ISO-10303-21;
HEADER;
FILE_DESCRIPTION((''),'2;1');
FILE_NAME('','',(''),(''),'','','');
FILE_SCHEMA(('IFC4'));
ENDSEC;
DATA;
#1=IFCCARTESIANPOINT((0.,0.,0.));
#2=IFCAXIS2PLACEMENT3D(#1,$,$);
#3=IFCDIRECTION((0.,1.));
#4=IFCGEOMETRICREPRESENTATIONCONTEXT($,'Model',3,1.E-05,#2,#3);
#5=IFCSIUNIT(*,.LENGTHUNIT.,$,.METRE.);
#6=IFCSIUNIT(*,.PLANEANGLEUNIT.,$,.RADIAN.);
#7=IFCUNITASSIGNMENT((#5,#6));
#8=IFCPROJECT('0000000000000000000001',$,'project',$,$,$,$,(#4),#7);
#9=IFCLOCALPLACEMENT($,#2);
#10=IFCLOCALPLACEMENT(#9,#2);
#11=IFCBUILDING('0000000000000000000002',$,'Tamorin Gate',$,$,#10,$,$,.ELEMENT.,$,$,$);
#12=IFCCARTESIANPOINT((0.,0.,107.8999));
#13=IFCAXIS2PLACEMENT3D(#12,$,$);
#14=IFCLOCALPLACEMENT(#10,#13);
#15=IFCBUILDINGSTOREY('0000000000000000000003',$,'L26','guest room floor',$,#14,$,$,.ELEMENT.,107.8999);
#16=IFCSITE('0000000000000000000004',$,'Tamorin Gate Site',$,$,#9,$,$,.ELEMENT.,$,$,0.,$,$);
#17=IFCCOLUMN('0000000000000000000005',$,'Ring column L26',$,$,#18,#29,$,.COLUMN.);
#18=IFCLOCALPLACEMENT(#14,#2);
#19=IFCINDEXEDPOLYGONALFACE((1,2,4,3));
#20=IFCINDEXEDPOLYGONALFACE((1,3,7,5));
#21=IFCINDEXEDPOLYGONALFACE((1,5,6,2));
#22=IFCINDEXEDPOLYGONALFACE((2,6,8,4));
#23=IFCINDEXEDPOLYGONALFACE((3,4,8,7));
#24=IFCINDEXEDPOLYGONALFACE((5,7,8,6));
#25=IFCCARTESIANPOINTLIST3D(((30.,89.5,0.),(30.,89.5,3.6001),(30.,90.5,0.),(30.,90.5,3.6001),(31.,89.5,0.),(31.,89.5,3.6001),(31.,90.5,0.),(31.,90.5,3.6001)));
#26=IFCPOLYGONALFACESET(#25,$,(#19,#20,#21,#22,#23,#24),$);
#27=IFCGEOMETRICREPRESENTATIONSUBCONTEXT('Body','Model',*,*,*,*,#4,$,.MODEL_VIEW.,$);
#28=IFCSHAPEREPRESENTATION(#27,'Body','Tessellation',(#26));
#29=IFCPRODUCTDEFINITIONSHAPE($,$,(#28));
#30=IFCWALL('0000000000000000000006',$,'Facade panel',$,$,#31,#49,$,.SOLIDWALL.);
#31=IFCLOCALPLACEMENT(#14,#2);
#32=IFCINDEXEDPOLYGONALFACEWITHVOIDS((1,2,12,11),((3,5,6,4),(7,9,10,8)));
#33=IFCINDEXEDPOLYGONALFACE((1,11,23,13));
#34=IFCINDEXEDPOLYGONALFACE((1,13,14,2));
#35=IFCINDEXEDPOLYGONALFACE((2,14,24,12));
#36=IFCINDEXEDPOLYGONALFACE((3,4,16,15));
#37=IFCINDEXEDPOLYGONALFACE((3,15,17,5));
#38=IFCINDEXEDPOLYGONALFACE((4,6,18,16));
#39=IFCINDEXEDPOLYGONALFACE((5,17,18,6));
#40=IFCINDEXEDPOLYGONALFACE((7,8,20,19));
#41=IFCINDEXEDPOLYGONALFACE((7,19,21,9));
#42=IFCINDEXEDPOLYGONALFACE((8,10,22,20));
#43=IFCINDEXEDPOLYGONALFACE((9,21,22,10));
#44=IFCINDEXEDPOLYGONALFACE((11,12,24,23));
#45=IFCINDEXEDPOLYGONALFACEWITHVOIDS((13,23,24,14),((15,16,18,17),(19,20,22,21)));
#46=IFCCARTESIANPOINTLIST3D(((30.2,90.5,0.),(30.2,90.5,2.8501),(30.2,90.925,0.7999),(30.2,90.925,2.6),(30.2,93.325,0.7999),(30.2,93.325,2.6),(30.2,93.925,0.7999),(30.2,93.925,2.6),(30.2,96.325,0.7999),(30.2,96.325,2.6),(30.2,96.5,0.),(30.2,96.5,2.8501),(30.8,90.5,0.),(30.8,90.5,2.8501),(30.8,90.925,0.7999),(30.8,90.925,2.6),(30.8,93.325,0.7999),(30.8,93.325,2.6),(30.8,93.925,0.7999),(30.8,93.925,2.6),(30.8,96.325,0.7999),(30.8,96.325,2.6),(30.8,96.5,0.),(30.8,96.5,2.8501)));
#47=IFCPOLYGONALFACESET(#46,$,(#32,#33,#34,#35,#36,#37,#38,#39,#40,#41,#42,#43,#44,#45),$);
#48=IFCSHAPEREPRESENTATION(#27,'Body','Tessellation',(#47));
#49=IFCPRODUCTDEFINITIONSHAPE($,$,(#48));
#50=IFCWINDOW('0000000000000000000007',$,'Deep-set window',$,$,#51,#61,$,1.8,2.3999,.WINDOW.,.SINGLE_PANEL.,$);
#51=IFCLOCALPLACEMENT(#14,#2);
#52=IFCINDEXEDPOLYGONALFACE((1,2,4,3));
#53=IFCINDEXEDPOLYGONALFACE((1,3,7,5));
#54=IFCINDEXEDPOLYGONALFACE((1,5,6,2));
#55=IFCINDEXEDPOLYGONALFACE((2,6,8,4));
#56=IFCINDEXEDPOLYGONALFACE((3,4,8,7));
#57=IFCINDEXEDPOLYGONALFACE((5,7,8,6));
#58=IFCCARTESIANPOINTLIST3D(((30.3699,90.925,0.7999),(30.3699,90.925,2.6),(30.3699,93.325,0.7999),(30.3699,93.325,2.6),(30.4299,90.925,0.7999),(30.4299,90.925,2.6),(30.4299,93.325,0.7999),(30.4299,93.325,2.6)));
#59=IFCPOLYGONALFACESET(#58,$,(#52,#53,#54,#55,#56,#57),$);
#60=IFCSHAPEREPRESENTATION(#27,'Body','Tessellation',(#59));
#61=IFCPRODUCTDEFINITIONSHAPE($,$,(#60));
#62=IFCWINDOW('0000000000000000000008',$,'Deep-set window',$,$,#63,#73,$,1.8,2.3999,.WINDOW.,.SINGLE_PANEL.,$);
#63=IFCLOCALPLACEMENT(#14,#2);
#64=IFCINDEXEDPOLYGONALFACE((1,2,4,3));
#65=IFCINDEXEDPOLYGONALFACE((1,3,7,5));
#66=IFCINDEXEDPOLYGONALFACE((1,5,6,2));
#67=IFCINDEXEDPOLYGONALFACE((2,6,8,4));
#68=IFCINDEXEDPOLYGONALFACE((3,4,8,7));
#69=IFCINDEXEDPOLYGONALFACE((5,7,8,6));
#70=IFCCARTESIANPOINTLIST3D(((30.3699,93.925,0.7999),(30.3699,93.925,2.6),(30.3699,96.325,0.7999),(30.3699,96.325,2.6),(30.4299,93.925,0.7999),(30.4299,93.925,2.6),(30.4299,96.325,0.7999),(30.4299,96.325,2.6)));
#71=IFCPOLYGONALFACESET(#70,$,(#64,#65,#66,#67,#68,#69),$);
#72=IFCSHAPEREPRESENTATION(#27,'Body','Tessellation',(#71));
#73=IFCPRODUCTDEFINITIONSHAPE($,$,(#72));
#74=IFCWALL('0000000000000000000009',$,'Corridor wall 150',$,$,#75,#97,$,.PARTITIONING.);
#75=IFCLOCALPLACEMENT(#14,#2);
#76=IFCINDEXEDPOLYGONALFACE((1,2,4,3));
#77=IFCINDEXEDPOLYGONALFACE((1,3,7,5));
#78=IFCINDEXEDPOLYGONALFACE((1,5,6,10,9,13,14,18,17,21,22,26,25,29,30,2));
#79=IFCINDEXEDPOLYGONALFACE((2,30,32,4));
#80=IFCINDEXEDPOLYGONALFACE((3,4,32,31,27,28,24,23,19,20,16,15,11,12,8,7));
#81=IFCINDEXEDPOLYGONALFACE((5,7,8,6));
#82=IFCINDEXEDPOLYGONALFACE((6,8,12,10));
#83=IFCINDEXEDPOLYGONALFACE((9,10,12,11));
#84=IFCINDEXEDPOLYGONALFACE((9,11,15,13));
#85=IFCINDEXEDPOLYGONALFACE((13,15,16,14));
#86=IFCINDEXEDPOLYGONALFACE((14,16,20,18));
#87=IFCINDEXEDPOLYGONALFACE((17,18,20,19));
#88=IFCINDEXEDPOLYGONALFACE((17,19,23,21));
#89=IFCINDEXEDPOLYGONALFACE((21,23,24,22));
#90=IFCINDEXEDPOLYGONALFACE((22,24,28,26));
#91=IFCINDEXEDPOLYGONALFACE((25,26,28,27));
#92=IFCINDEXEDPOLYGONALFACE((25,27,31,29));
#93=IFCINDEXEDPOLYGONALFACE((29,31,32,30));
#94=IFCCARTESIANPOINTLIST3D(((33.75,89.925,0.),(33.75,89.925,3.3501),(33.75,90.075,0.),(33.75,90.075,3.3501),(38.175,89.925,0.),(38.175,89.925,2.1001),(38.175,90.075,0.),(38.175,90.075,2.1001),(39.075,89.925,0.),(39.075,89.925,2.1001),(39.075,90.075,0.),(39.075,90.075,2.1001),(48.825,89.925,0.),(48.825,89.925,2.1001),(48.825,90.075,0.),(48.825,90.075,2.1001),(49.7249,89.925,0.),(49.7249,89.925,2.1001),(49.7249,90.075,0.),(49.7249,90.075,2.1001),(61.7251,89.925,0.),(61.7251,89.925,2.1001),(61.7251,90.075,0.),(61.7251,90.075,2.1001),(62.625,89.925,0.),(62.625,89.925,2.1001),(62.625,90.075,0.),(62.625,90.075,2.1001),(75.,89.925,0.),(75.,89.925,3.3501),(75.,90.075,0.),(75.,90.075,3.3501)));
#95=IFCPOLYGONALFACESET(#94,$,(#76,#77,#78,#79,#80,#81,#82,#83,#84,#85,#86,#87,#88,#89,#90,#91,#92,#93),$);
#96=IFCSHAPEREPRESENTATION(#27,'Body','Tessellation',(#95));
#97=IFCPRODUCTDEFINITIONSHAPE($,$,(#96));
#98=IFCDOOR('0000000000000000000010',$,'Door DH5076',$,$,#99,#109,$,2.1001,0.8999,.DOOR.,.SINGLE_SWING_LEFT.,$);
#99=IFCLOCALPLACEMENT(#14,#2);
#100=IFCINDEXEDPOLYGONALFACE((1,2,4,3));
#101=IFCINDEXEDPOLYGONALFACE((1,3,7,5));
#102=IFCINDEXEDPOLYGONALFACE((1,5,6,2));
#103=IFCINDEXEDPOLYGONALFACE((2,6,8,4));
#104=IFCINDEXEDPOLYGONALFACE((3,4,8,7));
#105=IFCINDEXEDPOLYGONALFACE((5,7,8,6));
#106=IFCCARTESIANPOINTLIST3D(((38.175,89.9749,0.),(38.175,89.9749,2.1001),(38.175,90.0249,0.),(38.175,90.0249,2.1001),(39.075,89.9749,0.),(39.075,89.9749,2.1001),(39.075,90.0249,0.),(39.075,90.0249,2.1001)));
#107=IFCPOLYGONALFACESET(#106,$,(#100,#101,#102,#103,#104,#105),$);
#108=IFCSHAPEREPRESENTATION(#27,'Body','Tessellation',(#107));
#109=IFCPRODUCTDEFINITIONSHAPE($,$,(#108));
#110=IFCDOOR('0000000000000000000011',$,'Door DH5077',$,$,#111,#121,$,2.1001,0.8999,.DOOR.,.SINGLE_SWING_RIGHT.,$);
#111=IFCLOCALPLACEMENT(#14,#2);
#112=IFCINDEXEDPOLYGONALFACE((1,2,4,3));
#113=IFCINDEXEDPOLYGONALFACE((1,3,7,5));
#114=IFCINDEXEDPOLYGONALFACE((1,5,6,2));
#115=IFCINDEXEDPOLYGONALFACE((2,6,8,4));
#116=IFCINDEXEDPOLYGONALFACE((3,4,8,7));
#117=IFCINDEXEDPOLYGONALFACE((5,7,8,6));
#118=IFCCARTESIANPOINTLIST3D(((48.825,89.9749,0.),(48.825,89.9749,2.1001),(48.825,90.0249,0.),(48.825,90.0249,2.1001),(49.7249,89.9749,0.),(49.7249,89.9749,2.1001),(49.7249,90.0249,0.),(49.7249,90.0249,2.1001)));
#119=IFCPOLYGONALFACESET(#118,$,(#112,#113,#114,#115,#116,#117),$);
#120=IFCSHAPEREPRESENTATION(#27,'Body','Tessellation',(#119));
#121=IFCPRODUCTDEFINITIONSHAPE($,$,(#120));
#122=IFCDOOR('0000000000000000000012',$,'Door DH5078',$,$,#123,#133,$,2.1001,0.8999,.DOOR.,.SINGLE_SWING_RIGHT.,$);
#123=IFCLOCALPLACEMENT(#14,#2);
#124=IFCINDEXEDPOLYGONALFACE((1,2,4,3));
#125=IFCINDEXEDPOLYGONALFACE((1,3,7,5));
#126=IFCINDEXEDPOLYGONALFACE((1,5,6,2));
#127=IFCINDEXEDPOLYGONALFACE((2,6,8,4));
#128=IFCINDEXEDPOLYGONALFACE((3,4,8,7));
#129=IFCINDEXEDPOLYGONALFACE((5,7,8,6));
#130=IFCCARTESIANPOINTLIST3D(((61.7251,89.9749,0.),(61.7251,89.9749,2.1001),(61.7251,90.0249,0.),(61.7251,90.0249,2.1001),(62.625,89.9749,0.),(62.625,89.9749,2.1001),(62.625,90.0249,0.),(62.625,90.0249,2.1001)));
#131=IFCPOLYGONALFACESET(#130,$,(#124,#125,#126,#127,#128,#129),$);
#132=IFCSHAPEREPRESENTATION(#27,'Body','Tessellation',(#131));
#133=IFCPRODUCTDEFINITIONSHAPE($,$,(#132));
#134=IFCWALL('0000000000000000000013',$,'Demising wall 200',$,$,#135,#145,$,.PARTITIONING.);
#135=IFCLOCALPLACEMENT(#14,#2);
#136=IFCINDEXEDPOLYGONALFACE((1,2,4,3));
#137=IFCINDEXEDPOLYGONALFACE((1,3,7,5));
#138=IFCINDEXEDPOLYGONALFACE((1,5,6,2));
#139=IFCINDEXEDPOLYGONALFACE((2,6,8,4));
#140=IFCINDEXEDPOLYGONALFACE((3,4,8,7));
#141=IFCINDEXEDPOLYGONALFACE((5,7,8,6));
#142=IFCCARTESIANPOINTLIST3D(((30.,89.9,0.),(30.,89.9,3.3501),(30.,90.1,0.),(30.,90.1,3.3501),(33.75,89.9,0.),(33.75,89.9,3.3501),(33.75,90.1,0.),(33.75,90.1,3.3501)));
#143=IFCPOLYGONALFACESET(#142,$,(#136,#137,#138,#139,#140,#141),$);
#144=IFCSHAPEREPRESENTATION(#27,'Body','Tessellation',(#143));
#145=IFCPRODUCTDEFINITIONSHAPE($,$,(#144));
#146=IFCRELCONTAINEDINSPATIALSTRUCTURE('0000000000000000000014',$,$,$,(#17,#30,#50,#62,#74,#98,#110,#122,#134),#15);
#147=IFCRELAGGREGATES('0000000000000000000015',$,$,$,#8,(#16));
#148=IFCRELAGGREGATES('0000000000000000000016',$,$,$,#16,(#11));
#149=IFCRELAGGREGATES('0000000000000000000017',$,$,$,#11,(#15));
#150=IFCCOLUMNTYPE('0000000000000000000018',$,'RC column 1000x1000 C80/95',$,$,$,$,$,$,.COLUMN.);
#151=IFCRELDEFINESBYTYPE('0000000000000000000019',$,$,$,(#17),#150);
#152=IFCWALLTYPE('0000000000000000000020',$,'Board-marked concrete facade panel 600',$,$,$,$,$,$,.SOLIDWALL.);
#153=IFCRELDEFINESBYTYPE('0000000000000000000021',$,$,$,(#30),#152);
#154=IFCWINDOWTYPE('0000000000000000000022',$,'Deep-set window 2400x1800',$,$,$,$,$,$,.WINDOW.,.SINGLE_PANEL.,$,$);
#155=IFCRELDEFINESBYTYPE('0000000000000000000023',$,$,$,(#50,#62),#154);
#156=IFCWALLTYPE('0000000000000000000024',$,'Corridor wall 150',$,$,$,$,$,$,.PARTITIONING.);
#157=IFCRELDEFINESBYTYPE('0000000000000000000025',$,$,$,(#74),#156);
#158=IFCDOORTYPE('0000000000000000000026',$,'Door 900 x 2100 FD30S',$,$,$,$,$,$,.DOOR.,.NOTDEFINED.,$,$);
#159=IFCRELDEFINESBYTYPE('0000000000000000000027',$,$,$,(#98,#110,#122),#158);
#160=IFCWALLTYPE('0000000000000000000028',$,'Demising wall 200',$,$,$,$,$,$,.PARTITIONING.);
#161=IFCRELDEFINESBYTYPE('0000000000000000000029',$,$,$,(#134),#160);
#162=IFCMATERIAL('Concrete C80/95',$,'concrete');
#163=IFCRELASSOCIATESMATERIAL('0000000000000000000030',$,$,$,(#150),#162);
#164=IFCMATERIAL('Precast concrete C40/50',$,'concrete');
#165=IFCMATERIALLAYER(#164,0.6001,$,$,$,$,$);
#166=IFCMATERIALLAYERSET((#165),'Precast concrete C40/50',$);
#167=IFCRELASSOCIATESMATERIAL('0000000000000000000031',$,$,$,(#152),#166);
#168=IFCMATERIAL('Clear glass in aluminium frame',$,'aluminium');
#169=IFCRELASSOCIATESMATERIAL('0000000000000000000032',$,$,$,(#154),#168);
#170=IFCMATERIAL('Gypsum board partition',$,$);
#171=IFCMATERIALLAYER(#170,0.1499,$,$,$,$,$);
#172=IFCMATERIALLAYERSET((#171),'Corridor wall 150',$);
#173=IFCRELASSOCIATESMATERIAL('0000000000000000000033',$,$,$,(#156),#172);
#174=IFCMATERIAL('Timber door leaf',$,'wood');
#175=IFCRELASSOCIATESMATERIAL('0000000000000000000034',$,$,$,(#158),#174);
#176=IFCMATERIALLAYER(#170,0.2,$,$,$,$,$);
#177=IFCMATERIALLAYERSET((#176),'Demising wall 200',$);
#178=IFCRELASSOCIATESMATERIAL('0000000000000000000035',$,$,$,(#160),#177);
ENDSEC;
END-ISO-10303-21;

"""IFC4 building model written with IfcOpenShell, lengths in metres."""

from ifc_helpers import new_model, si_unit, direction, frame, frame_2d, origin, origin_2d, place, context, subcontext, project, spatial, rectangle, extrude, material, layer, layer_set, material_profile, profile_set, type_object, element, fill, save


model = new_model("IFC4")

# Units and contexts
model_context = context("Model", 3, precision=1e-05, world=origin(), true_north=direction((0.0, 1.0)))
body_context = subcontext(model_context, "Body", "Model", "MODEL_VIEW")
ifc_project = project(units=[si_unit("LENGTHUNIT", "METRE"), si_unit("PLANEANGLEUNIT", "RADIAN")], contexts=[model_context])

# Site, building, storey
site_placement = place(None, origin())
site = spatial("IfcSite", under=ifc_project, at=site_placement, Name="Tamorin Gate Site", CompositionType="ELEMENT", RefElevation=0.0)
building_placement = place(site_placement, origin())
building = spatial("IfcBuilding", under=site, at=building_placement, Name="Tamorin Gate", CompositionType="ELEMENT")
storey_placement = place(building_placement, frame((0.0, 0.0, 107.8999)))
storey = spatial("IfcBuildingStorey", under=building, at=storey_placement, Name="L26", Description="guest room floor", CompositionType="ELEMENT", Elevation=107.8999)

# Column
ifc_material_1 = material(Name="Concrete C80/95", Category="concrete")
ifc_material_profile = material_profile(ifc_material_1, rectangle(XDim=1.0, YDim=1.0, at=origin_2d()), Name="RC 1000x1000")
ifc_profile_set = profile_set([ifc_material_profile], Name="Concrete C80/95")
column_type = type_object("IfcColumnType", Name="RC column 1000x1000 C80/95", PredefinedType="COLUMN", material=ifc_profile_set)
column_placement = place(storey_placement, frame((30.5, 90.0, 0.0), z_axis=(0.0, 0.0, 1.0), x_axis=(1.0, 0.0, 0.0)))
element("IfcColumn", 1, at=column_placement, inside=storey, type_object=column_type, Name="Ring column L26", PredefinedType="COLUMN", context=body_context, shape_type="SweptSolid", body=[
    extrude(rectangle(XDim=1.0, YDim=1.0, at=origin_2d()), origin(), (0.0, 0.0, 1.0), 3.6001),
])

# Wall, openings, windows
ifc_material_2 = material(Name="Precast concrete C40/50", Category="concrete")
ifc_layer_1 = layer(ifc_material_2, 0.6001)
ifc_layer_set_1 = layer_set([ifc_layer_1], Name="Precast concrete C40/50")
wall_type_1 = type_object("IfcWallType", Name="Board-marked concrete facade panel 600", PredefinedType="SOLIDWALL", material=ifc_layer_set_1)
wall_1_placement = place(storey_placement, frame((30.5, 96.5, 0.0), z_axis=(0.0, 0.0, 1.0), x_axis=(0.0, -1.0, 0.0)))
wall_1 = element("IfcWall", 2, at=wall_1_placement, inside=storey, type_object=wall_type_1, Name="Facade panel", PredefinedType="SOLIDWALL", context=body_context, shape_type="SweptSolid", body=[
    extrude(rectangle(XDim=6.0, YDim=0.6001, at=frame_2d((3.0, 0.0))), origin(), (0.0, 0.0, 1.0), 2.8501),
])
opening_1_placement = place(wall_1_placement, frame((3.175, 0.0, 0.8)))
opening_1 = element("IfcOpeningElement", 3, at=opening_1_placement, cuts=wall_1, PredefinedType="OPENING", context=body_context, shape_type="SweptSolid", body=[
    extrude(rectangle(XDim=2.3999, YDim=1.8, at=frame_2d((1.2, 0.8999))), frame((0.0, 0.3101, 0.0), z_axis=(0.0, -1.0, 0.0), x_axis=(1.0, 0.0, 0.0)), (0.0, 0.0, 1.0), 0.6201),
])
opening_2_placement = place(wall_1_placement, frame((0.175, 0.0, 0.8)))
opening_2 = element("IfcOpeningElement", 4, at=opening_2_placement, cuts=wall_1, PredefinedType="OPENING", context=body_context, shape_type="SweptSolid", body=[
    extrude(rectangle(XDim=2.3999, YDim=1.8, at=frame_2d((1.2, 0.8999))), frame((0.0, 0.3101, 0.0), z_axis=(0.0, -1.0, 0.0), x_axis=(1.0, 0.0, 0.0)), (0.0, 0.0, 1.0), 0.6201),
])
ifc_material_3 = material(Name="Clear glass in aluminium frame", Category="aluminium")
window_type = type_object("IfcWindowType", Name="Deep-set window 2400x1800", PartitioningType="SINGLE_PANEL", PredefinedType="WINDOW", material=ifc_material_3)
window_1_placement = place(opening_1_placement, origin())
window_1 = element("IfcWindow", 5, at=window_1_placement, inside=storey, type_object=window_type, Name="Deep-set window", OverallHeight=1.8, OverallWidth=2.3999, PartitioningType="SINGLE_PANEL", PredefinedType="WINDOW", context=body_context, shape_type="SweptSolid", body=[
    extrude(rectangle(XDim=2.3999, YDim=1.8, at=frame_2d((1.2, 0.8999))), frame((0.0, -0.0701, 0.0), z_axis=(0.0, -1.0, 0.0), x_axis=(1.0, 0.0, 0.0)), (0.0, 0.0, 1.0), 0.0601),
])
fill(opening_1, window_1)
window_2_placement = place(opening_2_placement, origin())
window_2 = element("IfcWindow", 6, at=window_2_placement, inside=storey, type_object=window_type, Name="Deep-set window", OverallHeight=1.8, OverallWidth=2.3999, PartitioningType="SINGLE_PANEL", PredefinedType="WINDOW", context=body_context, shape_type="SweptSolid", body=[
    extrude(rectangle(XDim=2.3999, YDim=1.8, at=frame_2d((1.2, 0.8999))), frame((0.0, -0.0701, 0.0), z_axis=(0.0, -1.0, 0.0), x_axis=(1.0, 0.0, 0.0)), (0.0, 0.0, 1.0), 0.0601),
])
fill(opening_2, window_2)

# Wall, openings, doors
ifc_material_4 = material(Name="Gypsum board partition")
ifc_layer_2 = layer(ifc_material_4, 0.1499)
ifc_layer_set_2 = layer_set([ifc_layer_2], Name="Corridor wall 150")
wall_type_2 = type_object("IfcWallType", Name="Corridor wall 150", PredefinedType="PARTITIONING", material=ifc_layer_set_2)
wall_2_placement = place(storey_placement, frame((33.75, 90.0, 0.0), z_axis=(0.0, 0.0, 1.0), x_axis=(1.0, 0.0, 0.0)))
wall_2 = element("IfcWall", 7, at=wall_2_placement, inside=storey, type_object=wall_type_2, Name="Corridor wall 150", PredefinedType="PARTITIONING", context=body_context, shape_type="SweptSolid", body=[
    extrude(rectangle(XDim=41.25, YDim=0.1499, at=frame_2d((20.625, 0.0))), origin(), (0.0, 0.0, 1.0), 3.3501),
])
opening_3_placement = place(wall_2_placement, frame((4.425, 0.0, 0.0)))
opening_3 = element("IfcOpeningElement", 8, at=opening_3_placement, cuts=wall_2, PredefinedType="OPENING", context=body_context, shape_type="SweptSolid", body=[
    extrude(rectangle(XDim=0.8999, YDim=2.1001, at=frame_2d((0.45, 1.05))), frame((0.0, 0.085, 0.0), z_axis=(0.0, -1.0, 0.0), x_axis=(1.0, 0.0, 0.0)), (0.0, 0.0, 1.0), 0.1699),
])
opening_4_placement = place(wall_2_placement, frame((15.075, 0.0, 0.0)))
opening_4 = element("IfcOpeningElement", 9, at=opening_4_placement, cuts=wall_2, PredefinedType="OPENING", context=body_context, shape_type="SweptSolid", body=[
    extrude(rectangle(XDim=0.8999, YDim=2.1001, at=frame_2d((0.45, 1.05))), frame((0.0, 0.085, 0.0), z_axis=(0.0, -1.0, 0.0), x_axis=(1.0, 0.0, 0.0)), (0.0, 0.0, 1.0), 0.1699),
])
opening_5_placement = place(wall_2_placement, frame((27.9751, 0.0, 0.0)))
opening_5 = element("IfcOpeningElement", 10, at=opening_5_placement, cuts=wall_2, PredefinedType="OPENING", context=body_context, shape_type="SweptSolid", body=[
    extrude(rectangle(XDim=0.8999, YDim=2.1001, at=frame_2d((0.45, 1.05))), frame((0.0, 0.085, 0.0), z_axis=(0.0, -1.0, 0.0), x_axis=(1.0, 0.0, 0.0)), (0.0, 0.0, 1.0), 0.1699),
])
ifc_material_5 = material(Name="Timber door leaf", Category="wood")
door_type_1 = type_object("IfcDoorType", Name="Door 900 x 2100 FD30S", OperationType="NOTDEFINED", PredefinedType="DOOR", material=ifc_material_5)
door_1_placement = place(opening_3_placement, origin())
door_1 = element("IfcDoor", 11, at=door_1_placement, inside=storey, type_object=door_type_1, Name="Door DH5076", OperationType="SINGLE_SWING_LEFT", OverallHeight=2.1001, OverallWidth=0.8999, PredefinedType="DOOR", context=body_context, shape_type="SweptSolid", body=[
    extrude(rectangle(XDim=0.8999, YDim=2.1001, at=frame_2d((0.45, 1.05))), frame((0.0, 0.0249, 0.0), z_axis=(0.0, -1.0, 0.0), x_axis=(1.0, 0.0, 0.0)), (0.0, 0.0, 1.0), 0.05),
])
fill(opening_3, door_1)
door_2_placement = place(opening_4_placement, origin())
door_2 = element("IfcDoor", 12, at=door_2_placement, inside=storey, type_object=door_type_1, Name="Door DH5077", OperationType="SINGLE_SWING_RIGHT", OverallHeight=2.1001, OverallWidth=0.8999, PredefinedType="DOOR", context=body_context, shape_type="SweptSolid", body=[
    extrude(rectangle(XDim=0.8999, YDim=2.1001, at=frame_2d((0.45, 1.05))), frame((0.0, 0.0249, 0.0), z_axis=(0.0, -1.0, 0.0), x_axis=(1.0, 0.0, 0.0)), (0.0, 0.0, 1.0), 0.05),
])
fill(opening_4, door_2)
door_3_placement = place(opening_5_placement, origin())
door_3 = element("IfcDoor", 13, at=door_3_placement, inside=storey, type_object=door_type_1, Name="Door DH5078", OperationType="SINGLE_SWING_RIGHT", OverallHeight=2.1001, OverallWidth=0.8999, PredefinedType="DOOR", context=body_context, shape_type="SweptSolid", body=[
    extrude(rectangle(XDim=0.8999, YDim=2.1001, at=frame_2d((0.45, 1.05))), frame((0.0, 0.0249, 0.0), z_axis=(0.0, -1.0, 0.0), x_axis=(1.0, 0.0, 0.0)), (0.0, 0.0, 1.0), 0.05),
])
fill(opening_5, door_3)

# Wall
ifc_layer_3 = layer(ifc_material_4, 0.2)
ifc_layer_set_3 = layer_set([ifc_layer_3], Name="Demising wall 200")
wall_type_3 = type_object("IfcWallType", Name="Demising wall 200", PredefinedType="PARTITIONING", material=ifc_layer_set_3)
wall_3_placement = place(storey_placement, frame((30.0, 90.0, 0.0), z_axis=(0.0, 0.0, 1.0), x_axis=(1.0, 0.0, 0.0)))
element("IfcWall", 14, at=wall_3_placement, inside=storey, type_object=wall_type_3, Name="Demising wall 200", PredefinedType="PARTITIONING", context=body_context, shape_type="SweptSolid", body=[
    extrude(rectangle(XDim=3.75, YDim=0.2, at=frame_2d((1.875, 0.0))), origin(), (0.0, 0.0, 1.0), 3.3501),
])

save(model, "model.ifc")
